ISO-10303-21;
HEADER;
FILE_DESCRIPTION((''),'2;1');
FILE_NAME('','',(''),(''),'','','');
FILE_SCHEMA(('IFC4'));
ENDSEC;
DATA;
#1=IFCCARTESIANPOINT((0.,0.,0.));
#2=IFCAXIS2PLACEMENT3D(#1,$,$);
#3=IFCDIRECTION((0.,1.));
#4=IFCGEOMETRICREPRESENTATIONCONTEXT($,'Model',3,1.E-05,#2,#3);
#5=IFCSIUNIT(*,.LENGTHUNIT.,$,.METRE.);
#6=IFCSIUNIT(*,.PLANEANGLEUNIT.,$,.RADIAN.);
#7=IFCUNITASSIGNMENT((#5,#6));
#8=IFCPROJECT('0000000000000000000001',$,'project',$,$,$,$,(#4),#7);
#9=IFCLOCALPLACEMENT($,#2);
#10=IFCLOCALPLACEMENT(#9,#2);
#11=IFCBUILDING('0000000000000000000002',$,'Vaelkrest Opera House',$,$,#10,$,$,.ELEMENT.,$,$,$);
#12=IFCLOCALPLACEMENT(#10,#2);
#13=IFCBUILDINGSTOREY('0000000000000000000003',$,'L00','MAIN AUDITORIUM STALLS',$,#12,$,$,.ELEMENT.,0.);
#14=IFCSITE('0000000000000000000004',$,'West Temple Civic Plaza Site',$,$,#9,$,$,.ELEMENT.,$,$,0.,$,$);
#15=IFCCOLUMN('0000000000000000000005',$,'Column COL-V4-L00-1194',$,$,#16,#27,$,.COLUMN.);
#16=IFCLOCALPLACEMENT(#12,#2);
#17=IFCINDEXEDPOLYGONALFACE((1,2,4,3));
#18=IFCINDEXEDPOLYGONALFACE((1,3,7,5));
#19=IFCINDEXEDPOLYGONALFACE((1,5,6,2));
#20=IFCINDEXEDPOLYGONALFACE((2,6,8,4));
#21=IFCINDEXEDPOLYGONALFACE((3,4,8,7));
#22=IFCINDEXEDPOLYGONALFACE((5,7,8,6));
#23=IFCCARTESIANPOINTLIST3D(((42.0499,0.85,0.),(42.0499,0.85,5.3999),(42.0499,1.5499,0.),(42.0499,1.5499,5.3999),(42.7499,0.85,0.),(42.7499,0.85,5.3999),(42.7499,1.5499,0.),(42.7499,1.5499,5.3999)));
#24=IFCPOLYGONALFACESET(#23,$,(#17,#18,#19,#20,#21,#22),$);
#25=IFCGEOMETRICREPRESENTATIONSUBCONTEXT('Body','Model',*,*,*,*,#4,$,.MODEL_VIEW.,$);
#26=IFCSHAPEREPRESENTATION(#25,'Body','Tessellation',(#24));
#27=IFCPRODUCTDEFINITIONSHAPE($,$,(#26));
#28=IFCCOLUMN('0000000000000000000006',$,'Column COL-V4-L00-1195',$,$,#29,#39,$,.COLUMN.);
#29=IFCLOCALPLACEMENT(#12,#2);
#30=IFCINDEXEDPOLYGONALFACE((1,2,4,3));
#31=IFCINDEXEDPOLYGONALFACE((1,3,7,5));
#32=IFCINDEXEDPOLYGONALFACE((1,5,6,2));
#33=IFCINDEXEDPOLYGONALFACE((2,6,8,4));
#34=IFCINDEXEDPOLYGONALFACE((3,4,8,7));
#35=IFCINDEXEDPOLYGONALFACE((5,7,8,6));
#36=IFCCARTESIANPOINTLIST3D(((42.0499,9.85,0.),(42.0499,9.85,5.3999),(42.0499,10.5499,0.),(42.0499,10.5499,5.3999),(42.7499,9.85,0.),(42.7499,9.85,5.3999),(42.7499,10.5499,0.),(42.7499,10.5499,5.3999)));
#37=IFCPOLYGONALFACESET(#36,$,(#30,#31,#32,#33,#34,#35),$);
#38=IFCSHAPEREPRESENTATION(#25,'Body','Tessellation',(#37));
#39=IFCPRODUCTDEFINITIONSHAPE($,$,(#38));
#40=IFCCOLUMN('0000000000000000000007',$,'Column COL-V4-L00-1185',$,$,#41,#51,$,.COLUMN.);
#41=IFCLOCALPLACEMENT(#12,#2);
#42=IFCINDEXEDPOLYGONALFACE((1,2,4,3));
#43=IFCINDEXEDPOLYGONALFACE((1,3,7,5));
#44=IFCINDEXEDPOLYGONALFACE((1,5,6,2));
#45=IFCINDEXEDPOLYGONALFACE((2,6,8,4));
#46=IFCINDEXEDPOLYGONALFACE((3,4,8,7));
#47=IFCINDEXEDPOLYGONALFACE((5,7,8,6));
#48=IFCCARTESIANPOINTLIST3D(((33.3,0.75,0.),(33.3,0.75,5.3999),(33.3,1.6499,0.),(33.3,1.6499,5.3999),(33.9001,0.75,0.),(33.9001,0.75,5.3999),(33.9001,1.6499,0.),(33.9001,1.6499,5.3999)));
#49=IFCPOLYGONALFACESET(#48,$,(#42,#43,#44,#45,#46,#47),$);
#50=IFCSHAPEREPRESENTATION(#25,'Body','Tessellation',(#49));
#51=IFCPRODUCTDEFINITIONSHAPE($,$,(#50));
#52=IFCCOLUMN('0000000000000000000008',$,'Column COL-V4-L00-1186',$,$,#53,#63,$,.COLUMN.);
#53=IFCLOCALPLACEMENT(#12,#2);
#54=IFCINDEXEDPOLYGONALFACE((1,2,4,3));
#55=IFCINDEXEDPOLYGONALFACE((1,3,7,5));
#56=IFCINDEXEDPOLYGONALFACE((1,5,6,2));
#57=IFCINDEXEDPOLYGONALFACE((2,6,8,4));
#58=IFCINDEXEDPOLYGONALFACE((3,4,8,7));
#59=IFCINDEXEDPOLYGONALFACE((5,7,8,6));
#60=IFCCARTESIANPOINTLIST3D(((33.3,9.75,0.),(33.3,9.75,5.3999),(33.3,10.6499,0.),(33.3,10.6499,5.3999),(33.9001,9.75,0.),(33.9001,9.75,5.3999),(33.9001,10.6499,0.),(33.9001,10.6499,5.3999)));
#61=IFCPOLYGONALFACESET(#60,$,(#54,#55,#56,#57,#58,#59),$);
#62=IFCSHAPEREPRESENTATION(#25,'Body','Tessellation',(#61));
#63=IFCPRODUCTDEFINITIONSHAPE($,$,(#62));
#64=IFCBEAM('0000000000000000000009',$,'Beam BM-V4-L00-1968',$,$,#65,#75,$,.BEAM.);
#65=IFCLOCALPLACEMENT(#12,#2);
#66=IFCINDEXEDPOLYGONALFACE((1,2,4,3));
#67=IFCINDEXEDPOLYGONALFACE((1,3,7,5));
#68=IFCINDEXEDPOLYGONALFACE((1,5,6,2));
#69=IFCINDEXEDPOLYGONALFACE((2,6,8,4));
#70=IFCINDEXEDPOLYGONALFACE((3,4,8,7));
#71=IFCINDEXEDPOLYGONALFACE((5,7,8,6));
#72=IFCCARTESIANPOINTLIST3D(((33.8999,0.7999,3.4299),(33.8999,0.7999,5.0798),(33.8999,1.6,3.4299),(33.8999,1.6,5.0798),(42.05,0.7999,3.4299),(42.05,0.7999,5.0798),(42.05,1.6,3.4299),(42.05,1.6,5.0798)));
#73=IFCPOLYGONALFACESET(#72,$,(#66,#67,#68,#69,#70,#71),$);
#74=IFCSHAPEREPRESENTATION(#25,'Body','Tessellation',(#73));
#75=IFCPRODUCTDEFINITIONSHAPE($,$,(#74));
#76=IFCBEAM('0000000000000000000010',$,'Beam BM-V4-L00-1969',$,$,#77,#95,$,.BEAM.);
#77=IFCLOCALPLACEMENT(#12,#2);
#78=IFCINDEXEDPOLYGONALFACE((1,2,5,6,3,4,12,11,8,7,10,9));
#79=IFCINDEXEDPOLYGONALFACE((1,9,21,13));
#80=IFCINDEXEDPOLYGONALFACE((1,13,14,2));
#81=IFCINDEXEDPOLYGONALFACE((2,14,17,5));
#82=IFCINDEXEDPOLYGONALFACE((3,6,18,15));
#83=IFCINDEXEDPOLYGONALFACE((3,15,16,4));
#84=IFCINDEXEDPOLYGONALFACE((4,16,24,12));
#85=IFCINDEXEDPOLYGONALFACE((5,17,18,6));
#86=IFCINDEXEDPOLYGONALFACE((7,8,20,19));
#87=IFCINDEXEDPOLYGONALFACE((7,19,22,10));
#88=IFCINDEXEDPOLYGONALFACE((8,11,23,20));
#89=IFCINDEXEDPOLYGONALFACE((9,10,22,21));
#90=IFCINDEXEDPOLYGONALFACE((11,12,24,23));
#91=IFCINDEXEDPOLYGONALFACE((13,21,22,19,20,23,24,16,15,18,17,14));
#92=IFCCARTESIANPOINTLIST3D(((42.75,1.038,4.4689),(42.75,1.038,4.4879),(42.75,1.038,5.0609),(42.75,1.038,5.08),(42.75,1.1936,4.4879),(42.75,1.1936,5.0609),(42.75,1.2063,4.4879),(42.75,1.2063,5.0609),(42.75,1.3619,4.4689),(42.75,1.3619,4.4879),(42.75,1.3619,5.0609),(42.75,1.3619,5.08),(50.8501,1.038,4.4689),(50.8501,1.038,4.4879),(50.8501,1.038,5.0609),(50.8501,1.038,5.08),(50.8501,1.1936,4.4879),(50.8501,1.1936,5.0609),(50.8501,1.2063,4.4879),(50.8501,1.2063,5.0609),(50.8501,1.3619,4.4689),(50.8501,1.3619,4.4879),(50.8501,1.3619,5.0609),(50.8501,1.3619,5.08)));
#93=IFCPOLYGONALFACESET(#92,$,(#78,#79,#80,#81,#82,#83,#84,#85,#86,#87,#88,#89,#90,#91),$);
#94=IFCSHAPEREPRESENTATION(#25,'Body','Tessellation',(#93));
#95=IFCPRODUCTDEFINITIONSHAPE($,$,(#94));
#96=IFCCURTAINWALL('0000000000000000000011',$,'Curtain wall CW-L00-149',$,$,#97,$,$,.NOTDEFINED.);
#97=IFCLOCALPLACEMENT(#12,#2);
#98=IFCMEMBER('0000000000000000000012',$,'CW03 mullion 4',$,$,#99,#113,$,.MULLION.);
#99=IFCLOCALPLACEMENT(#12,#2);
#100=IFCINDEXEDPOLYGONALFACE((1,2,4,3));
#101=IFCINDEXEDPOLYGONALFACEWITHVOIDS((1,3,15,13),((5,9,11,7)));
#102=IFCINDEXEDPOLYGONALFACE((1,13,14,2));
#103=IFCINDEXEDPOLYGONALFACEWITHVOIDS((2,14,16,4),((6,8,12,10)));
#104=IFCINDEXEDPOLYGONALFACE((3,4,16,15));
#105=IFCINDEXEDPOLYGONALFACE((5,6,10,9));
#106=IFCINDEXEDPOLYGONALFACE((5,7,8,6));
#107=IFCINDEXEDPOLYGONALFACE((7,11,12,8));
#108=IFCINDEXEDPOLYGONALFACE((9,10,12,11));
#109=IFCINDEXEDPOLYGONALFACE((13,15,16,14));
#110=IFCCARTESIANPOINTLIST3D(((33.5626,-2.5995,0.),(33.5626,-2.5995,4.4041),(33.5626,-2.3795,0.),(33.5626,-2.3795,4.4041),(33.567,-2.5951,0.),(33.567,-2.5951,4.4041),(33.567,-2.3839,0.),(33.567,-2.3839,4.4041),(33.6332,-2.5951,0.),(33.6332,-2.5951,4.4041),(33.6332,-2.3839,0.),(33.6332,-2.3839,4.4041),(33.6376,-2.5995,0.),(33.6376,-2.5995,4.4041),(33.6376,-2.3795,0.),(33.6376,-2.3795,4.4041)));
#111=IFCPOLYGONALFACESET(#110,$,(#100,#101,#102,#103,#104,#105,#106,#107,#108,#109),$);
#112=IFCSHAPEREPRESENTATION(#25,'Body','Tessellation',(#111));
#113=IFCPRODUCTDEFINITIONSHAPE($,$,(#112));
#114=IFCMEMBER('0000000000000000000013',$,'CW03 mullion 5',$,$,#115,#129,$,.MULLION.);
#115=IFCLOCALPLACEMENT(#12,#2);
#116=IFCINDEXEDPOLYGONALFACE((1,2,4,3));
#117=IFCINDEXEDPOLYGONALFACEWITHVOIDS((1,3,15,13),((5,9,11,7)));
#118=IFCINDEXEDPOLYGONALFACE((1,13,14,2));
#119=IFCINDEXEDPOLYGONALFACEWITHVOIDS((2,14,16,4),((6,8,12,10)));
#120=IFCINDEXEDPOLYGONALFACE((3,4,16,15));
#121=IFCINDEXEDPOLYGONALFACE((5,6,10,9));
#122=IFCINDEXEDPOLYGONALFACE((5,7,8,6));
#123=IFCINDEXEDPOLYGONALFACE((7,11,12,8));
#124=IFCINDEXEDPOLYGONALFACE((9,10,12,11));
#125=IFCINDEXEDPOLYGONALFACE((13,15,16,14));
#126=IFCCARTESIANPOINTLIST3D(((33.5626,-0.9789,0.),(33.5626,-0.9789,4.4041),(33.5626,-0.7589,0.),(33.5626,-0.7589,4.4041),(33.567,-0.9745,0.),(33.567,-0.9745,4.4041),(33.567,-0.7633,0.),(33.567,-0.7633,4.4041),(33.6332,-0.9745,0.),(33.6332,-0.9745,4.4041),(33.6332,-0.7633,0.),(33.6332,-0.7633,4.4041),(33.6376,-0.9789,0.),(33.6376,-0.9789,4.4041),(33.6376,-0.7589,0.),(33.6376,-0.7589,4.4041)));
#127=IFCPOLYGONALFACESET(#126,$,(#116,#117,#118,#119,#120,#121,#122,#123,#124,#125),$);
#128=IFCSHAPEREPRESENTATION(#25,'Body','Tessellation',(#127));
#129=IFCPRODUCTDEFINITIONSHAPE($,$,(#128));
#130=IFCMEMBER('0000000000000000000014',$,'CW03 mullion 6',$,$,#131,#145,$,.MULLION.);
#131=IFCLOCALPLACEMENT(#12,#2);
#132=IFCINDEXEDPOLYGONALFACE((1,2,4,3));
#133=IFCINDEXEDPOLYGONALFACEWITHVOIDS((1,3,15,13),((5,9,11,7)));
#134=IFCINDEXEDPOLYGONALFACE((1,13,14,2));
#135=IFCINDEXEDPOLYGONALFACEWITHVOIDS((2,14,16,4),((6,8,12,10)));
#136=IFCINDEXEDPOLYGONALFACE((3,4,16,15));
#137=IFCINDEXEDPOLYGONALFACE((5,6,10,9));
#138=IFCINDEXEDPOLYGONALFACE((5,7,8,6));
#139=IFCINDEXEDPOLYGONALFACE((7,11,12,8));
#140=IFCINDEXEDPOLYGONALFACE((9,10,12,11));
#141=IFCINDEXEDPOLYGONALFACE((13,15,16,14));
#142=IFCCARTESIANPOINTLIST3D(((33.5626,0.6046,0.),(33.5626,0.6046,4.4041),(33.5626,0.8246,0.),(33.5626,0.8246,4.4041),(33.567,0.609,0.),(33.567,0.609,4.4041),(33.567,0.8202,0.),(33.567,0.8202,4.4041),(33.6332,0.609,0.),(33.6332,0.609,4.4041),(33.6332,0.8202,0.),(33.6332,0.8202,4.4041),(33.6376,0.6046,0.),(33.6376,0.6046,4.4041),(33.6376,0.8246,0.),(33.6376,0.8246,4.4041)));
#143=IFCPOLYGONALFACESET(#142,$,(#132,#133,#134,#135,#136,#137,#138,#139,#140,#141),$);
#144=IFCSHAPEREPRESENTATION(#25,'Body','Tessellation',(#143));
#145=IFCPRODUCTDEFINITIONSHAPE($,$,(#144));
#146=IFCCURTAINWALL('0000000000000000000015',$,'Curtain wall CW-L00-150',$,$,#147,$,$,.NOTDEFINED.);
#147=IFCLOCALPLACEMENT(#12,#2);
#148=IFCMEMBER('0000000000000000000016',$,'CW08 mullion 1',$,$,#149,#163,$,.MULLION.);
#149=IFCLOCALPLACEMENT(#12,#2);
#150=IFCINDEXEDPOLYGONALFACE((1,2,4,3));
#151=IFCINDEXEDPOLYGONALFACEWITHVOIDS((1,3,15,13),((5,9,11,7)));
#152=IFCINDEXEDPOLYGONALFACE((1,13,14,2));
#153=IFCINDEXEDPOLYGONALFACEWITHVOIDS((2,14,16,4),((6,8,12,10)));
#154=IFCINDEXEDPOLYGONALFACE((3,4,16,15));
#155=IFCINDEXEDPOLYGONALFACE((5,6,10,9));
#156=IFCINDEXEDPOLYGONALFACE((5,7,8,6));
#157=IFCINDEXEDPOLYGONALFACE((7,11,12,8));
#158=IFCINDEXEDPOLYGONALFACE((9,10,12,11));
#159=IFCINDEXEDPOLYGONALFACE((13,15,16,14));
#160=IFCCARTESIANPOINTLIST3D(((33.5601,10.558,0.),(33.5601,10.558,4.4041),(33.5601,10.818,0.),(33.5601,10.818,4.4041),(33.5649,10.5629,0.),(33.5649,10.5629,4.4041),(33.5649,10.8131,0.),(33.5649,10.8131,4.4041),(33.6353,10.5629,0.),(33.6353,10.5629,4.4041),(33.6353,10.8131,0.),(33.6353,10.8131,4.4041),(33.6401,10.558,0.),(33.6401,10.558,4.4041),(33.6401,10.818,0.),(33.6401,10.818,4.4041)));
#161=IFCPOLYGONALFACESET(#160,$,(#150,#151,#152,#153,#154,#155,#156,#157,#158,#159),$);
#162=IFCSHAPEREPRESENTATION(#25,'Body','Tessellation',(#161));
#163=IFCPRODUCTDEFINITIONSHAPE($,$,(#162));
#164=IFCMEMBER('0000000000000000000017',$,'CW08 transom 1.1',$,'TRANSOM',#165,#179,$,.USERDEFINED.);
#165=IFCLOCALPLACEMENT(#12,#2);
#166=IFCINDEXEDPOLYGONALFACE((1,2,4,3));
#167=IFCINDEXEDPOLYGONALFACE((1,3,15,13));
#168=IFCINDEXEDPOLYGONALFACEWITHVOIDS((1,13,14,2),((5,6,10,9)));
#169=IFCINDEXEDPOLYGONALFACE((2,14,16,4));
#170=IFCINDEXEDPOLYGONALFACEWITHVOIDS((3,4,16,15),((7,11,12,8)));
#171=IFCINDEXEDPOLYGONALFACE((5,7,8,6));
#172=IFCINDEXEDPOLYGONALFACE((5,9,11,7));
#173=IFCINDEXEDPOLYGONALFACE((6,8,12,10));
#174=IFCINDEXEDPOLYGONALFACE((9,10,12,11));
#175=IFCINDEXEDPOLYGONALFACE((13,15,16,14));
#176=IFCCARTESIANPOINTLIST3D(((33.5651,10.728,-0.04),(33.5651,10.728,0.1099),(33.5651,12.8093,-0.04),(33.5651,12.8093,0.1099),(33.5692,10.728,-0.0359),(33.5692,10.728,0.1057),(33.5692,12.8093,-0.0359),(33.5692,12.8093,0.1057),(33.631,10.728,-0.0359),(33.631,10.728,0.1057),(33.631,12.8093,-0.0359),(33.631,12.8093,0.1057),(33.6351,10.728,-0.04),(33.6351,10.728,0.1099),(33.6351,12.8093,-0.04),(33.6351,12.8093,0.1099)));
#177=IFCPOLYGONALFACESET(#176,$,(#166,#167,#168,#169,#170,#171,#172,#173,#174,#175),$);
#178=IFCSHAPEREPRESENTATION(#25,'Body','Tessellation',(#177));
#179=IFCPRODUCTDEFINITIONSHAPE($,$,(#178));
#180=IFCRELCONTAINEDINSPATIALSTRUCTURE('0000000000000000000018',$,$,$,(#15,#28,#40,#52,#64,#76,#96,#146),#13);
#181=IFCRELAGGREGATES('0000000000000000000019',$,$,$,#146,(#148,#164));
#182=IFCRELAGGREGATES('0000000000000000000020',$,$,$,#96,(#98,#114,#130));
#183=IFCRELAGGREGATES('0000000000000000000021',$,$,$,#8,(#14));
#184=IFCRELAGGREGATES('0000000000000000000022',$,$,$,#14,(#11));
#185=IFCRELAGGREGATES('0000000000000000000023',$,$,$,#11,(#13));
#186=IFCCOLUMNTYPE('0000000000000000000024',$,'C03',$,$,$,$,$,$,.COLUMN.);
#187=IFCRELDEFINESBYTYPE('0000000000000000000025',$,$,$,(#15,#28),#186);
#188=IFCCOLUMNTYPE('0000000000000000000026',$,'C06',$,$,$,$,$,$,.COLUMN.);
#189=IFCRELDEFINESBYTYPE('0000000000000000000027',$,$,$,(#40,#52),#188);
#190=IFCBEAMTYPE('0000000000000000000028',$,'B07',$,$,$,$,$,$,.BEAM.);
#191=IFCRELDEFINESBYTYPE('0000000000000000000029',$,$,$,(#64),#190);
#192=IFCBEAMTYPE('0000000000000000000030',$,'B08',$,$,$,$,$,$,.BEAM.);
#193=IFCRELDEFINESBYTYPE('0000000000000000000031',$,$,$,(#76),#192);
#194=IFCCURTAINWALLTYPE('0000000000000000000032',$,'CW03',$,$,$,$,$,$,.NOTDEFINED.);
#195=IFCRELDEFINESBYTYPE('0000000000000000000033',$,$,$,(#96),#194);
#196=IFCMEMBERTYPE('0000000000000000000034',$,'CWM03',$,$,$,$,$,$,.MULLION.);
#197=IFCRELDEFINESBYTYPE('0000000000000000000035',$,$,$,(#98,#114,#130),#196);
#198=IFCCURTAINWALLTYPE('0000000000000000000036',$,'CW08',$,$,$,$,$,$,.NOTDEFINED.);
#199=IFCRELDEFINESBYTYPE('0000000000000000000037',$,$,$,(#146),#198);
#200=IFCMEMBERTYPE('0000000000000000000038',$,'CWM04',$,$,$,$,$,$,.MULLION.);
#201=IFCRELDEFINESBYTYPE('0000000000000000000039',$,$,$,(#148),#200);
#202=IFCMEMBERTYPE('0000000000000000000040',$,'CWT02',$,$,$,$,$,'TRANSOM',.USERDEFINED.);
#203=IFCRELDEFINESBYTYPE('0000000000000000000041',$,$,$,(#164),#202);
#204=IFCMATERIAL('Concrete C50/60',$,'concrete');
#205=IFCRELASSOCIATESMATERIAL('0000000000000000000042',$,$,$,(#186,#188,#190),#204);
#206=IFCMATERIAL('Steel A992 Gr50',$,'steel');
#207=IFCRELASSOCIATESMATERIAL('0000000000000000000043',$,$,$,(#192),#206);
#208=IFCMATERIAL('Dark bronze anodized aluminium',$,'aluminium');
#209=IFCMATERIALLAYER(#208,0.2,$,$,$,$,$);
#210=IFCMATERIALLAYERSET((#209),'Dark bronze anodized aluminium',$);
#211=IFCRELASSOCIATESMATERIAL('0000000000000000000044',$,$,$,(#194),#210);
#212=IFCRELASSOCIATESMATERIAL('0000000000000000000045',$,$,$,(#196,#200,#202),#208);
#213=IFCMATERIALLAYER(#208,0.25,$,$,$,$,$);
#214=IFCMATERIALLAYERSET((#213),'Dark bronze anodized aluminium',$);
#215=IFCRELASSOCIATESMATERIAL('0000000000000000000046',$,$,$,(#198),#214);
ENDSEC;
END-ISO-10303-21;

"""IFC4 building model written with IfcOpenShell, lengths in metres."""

from ifc_helpers import new_model, si_unit, direction, frame, origin, origin_2d, place, context, subcontext, project, spatial, rectangle, hollow_rectangle, i_section, extrude, material, layer, layer_set, material_profile, profile_set, type_object, element, aggregate, save


model = new_model("IFC4")

# Units and contexts
model_context = context("Model", 3, precision=1e-05, world=origin(), true_north=direction((0.0, 1.0)))
body_context = subcontext(model_context, "Body", "Model", "MODEL_VIEW")
ifc_project = project(units=[si_unit("LENGTHUNIT", "METRE"), si_unit("PLANEANGLEUNIT", "RADIAN")], contexts=[model_context])

# Site, building, storey
site_placement = place(None, origin())
site = spatial("IfcSite", under=ifc_project, at=site_placement, Name="West Temple Civic Plaza Site", CompositionType="ELEMENT", RefElevation=0.0)
building_placement = place(site_placement, origin())
building = spatial("IfcBuilding", under=site, at=building_placement, Name="Vaelkrest Opera House", CompositionType="ELEMENT")
storey_placement = place(building_placement, origin())
storey = spatial("IfcBuildingStorey", under=building, at=storey_placement, Name="L00", Description="MAIN AUDITORIUM STALLS", CompositionType="ELEMENT", Elevation=0.0)

# Columns
ifc_material_1 = material(Name="Concrete C50/60", Category="concrete")
ifc_material_profile_1 = material_profile(ifc_material_1, rectangle(XDim=0.7, YDim=0.7, at=origin_2d()), Name="RC700X700")
ifc_profile_set_1 = profile_set([ifc_material_profile_1], Name="Concrete C50/60")
column_type_1 = type_object("IfcColumnType", Name="C03", PredefinedType="COLUMN", material=ifc_profile_set_1)
for number, where, z_axis, x_axis, name in (
    (1, (42.3999, 1.2, 0.0), (0.0, 0.0, 1.0), (1.0, 0.0, 0.0), "Column COL-V4-L00-1194"),
    (2, (42.3999, 10.2, 0.0), (0.0, 0.0, 1.0), (1.0, 0.0, 0.0), "Column COL-V4-L00-1195"),
):
    element("IfcColumn", number, at=place(storey_placement, frame(where, z_axis=z_axis, x_axis=x_axis)), inside=storey, type_object=column_type_1, Name=name, PredefinedType="COLUMN", context=body_context, shape_type="SweptSolid", body=[
        extrude(rectangle(XDim=0.7, YDim=0.7, at=origin_2d()), origin(), (0.0, 0.0, 1.0), 5.3999),
    ])
ifc_material_profile_2 = material_profile(ifc_material_1, rectangle(XDim=0.6001, YDim=0.8999, at=origin_2d()), Name="RC600X900")
ifc_profile_set_2 = profile_set([ifc_material_profile_2], Name="Concrete C50/60")
column_type_2 = type_object("IfcColumnType", Name="C06", PredefinedType="COLUMN", material=ifc_profile_set_2)
for number, where, z_axis, x_axis, name in (
    (3, (33.6001, 1.2, 0.0), (0.0, 0.0, 1.0), (1.0, 0.0, 0.0), "Column COL-V4-L00-1185"),
    (4, (33.6001, 10.2, 0.0), (0.0, 0.0, 1.0), (1.0, 0.0, 0.0), "Column COL-V4-L00-1186"),
):
    element("IfcColumn", number, at=place(storey_placement, frame(where, z_axis=z_axis, x_axis=x_axis)), inside=storey, type_object=column_type_2, Name=name, PredefinedType="COLUMN", context=body_context, shape_type="SweptSolid", body=[
        extrude(rectangle(XDim=0.6001, YDim=0.8999, at=origin_2d()), origin(), (0.0, 0.0, 1.0), 5.3999),
    ])

# Beams
ifc_material_profile_3 = material_profile(ifc_material_1, rectangle(XDim=0.8, YDim=1.6499, at=origin_2d()), Name="RCB800X1650")
ifc_profile_set_3 = profile_set([ifc_material_profile_3], Name="Concrete C50/60")
beam_type_1 = type_object("IfcBeamType", Name="B07", PredefinedType="BEAM", material=ifc_profile_set_3)
beam_1_placement = place(storey_placement, frame((33.8999, 1.2, 4.2549), z_axis=(1.0, 0.0, 0.0), x_axis=(0.0, 1.0, 0.0)))
element("IfcBeam", 5, at=beam_1_placement, inside=storey, type_object=beam_type_1, Name="Beam BM-V4-L00-1968", PredefinedType="BEAM", context=body_context, shape_type="SweptSolid", body=[
    extrude(rectangle(XDim=0.8, YDim=1.6499, at=origin_2d()), origin(), (0.0, 0.0, 1.0), 8.1501),
])
ifc_material_2 = material(Name="Steel A992 Gr50", Category="steel")
ifc_material_profile_4 = material_profile(ifc_material_2, i_section(OverallWidth=0.324, OverallDepth=0.6111, WebThickness=0.0127, FlangeThickness=0.019, at=origin_2d()), Name="W24X104")
ifc_profile_set_4 = profile_set([ifc_material_profile_4], Name="Steel A992 Gr50")
beam_type_2 = type_object("IfcBeamType", Name="B08", PredefinedType="BEAM", material=ifc_profile_set_4)
beam_2_placement = place(storey_placement, frame((42.75, 1.2, 4.7744), z_axis=(1.0, 0.0, 0.0), x_axis=(0.0, 1.0, 0.0)))
element("IfcBeam", 6, at=beam_2_placement, inside=storey, type_object=beam_type_2, Name="Beam BM-V4-L00-1969", PredefinedType="BEAM", context=body_context, shape_type="SweptSolid", body=[
    extrude(i_section(OverallWidth=0.324, OverallDepth=0.6111, WebThickness=0.0127, FlangeThickness=0.019, at=origin_2d()), origin(), (0.0, 0.0, 1.0), 8.1001),
])

# Curtain walls, members
ifc_material_3 = material(Name="Dark bronze anodized aluminium", Category="aluminium")
ifc_layer_1 = layer(ifc_material_3, 0.2)
ifc_layer_set_1 = layer_set([ifc_layer_1], Name="Dark bronze anodized aluminium")
curtain_wall_type_1 = type_object("IfcCurtainWallType", Name="CW03", PredefinedType="NOTDEFINED", material=ifc_layer_set_1)
curtain_wall_1_placement = place(storey_placement, origin())
curtain_wall_1 = element("IfcCurtainWall", 7, at=curtain_wall_1_placement, inside=storey, type_object=curtain_wall_type_1, Name="Curtain wall CW-L00-149", PredefinedType="NOTDEFINED")
ifc_material_profile_5 = material_profile(ifc_material_3, hollow_rectangle(XDim=0.075, YDim=0.22, WallThickness=0.0044, at=origin_2d()), Name="CWM75X220")
ifc_profile_set_5 = profile_set([ifc_material_profile_5], Name="Dark bronze anodized aluminium")
member_type_1 = type_object("IfcMemberType", Name="CWM03", PredefinedType="MULLION", material=ifc_profile_set_5)
member_1_placement = place(storey_placement, frame((33.6001, -2.4895, 0.0), z_axis=(0.0, 0.0, 1.0), x_axis=(-1.0, 0.0, 0.0)))
member_1 = element("IfcMember", 8, at=member_1_placement, type_object=member_type_1, Name="CW03 mullion 4", PredefinedType="MULLION", context=body_context, shape_type="SweptSolid", body=[
    extrude(hollow_rectangle(XDim=0.075, YDim=0.22, WallThickness=0.0044, at=origin_2d()), origin(), (0.0, 0.0, 1.0), 4.4041),
])
member_2_placement = place(storey_placement, frame((33.6001, -0.8689, 0.0), z_axis=(0.0, 0.0, 1.0), x_axis=(-1.0, 0.0, 0.0)))
member_2 = element("IfcMember", 9, at=member_2_placement, type_object=member_type_1, Name="CW03 mullion 5", PredefinedType="MULLION", context=body_context, shape_type="SweptSolid", body=[
    extrude(hollow_rectangle(XDim=0.075, YDim=0.22, WallThickness=0.0044, at=origin_2d()), origin(), (0.0, 0.0, 1.0), 4.4041),
])
member_3_placement = place(storey_placement, frame((33.6001, 0.7146, 0.0), z_axis=(0.0, 0.0, 1.0), x_axis=(-1.0, 0.0, 0.0)))
member_3 = element("IfcMember", 10, at=member_3_placement, type_object=member_type_1, Name="CW03 mullion 6", PredefinedType="MULLION", context=body_context, shape_type="SweptSolid", body=[
    extrude(hollow_rectangle(XDim=0.075, YDim=0.22, WallThickness=0.0044, at=origin_2d()), origin(), (0.0, 0.0, 1.0), 4.4041),
])
ifc_layer_2 = layer(ifc_material_3, 0.25)
ifc_layer_set_2 = layer_set([ifc_layer_2], Name="Dark bronze anodized aluminium")
curtain_wall_type_2 = type_object("IfcCurtainWallType", Name="CW08", PredefinedType="NOTDEFINED", material=ifc_layer_set_2)
curtain_wall_2_placement = place(storey_placement, origin())
curtain_wall_2 = element("IfcCurtainWall", 11, at=curtain_wall_2_placement, inside=storey, type_object=curtain_wall_type_2, Name="Curtain wall CW-L00-150", PredefinedType="NOTDEFINED")
ifc_material_profile_6 = material_profile(ifc_material_3, hollow_rectangle(XDim=0.0801, YDim=0.26, WallThickness=0.0049, at=origin_2d()), Name="CWM80X260")
ifc_profile_set_6 = profile_set([ifc_material_profile_6], Name="Dark bronze anodized aluminium")
member_type_2 = type_object("IfcMemberType", Name="CWM04", PredefinedType="MULLION", material=ifc_profile_set_6)
member_4_placement = place(storey_placement, frame((33.6001, 10.688, 0.0), z_axis=(0.0, 0.0, 1.0), x_axis=(-1.0, 0.0, 0.0)))
member_4 = element("IfcMember", 12, at=member_4_placement, type_object=member_type_2, Name="CW08 mullion 1", PredefinedType="MULLION", context=body_context, shape_type="SweptSolid", body=[
    extrude(hollow_rectangle(XDim=0.0801, YDim=0.26, WallThickness=0.0049, at=origin_2d()), origin(), (0.0, 0.0, 1.0), 4.4041),
])
ifc_material_profile_7 = material_profile(ifc_material_3, hollow_rectangle(XDim=0.0701, YDim=0.1499, WallThickness=0.0042, at=origin_2d()), Name="CWT70X150")
ifc_profile_set_7 = profile_set([ifc_material_profile_7], Name="Dark bronze anodized aluminium")
member_type_3 = type_object("IfcMemberType", Name="CWT02", ElementType="TRANSOM", PredefinedType="USERDEFINED", material=ifc_profile_set_7)
member_5_placement = place(storey_placement, frame((33.6001, 10.728, 0.0349), z_axis=(0.0, 1.0, 0.0), x_axis=(-1.0, 0.0, 0.0)))
member_5 = element("IfcMember", 13, at=member_5_placement, type_object=member_type_3, Name="CW08 transom 1.1", ObjectType="TRANSOM", PredefinedType="USERDEFINED", context=body_context, shape_type="SweptSolid", body=[
    extrude(hollow_rectangle(XDim=0.0701, YDim=0.1499, WallThickness=0.0042, at=origin_2d()), origin(), (0.0, 0.0, 1.0), 2.0813),
])
aggregate(curtain_wall_2, [member_4, member_5])

aggregate(curtain_wall_1, [member_1, member_2, member_3])

save(model, "model.ifc")
